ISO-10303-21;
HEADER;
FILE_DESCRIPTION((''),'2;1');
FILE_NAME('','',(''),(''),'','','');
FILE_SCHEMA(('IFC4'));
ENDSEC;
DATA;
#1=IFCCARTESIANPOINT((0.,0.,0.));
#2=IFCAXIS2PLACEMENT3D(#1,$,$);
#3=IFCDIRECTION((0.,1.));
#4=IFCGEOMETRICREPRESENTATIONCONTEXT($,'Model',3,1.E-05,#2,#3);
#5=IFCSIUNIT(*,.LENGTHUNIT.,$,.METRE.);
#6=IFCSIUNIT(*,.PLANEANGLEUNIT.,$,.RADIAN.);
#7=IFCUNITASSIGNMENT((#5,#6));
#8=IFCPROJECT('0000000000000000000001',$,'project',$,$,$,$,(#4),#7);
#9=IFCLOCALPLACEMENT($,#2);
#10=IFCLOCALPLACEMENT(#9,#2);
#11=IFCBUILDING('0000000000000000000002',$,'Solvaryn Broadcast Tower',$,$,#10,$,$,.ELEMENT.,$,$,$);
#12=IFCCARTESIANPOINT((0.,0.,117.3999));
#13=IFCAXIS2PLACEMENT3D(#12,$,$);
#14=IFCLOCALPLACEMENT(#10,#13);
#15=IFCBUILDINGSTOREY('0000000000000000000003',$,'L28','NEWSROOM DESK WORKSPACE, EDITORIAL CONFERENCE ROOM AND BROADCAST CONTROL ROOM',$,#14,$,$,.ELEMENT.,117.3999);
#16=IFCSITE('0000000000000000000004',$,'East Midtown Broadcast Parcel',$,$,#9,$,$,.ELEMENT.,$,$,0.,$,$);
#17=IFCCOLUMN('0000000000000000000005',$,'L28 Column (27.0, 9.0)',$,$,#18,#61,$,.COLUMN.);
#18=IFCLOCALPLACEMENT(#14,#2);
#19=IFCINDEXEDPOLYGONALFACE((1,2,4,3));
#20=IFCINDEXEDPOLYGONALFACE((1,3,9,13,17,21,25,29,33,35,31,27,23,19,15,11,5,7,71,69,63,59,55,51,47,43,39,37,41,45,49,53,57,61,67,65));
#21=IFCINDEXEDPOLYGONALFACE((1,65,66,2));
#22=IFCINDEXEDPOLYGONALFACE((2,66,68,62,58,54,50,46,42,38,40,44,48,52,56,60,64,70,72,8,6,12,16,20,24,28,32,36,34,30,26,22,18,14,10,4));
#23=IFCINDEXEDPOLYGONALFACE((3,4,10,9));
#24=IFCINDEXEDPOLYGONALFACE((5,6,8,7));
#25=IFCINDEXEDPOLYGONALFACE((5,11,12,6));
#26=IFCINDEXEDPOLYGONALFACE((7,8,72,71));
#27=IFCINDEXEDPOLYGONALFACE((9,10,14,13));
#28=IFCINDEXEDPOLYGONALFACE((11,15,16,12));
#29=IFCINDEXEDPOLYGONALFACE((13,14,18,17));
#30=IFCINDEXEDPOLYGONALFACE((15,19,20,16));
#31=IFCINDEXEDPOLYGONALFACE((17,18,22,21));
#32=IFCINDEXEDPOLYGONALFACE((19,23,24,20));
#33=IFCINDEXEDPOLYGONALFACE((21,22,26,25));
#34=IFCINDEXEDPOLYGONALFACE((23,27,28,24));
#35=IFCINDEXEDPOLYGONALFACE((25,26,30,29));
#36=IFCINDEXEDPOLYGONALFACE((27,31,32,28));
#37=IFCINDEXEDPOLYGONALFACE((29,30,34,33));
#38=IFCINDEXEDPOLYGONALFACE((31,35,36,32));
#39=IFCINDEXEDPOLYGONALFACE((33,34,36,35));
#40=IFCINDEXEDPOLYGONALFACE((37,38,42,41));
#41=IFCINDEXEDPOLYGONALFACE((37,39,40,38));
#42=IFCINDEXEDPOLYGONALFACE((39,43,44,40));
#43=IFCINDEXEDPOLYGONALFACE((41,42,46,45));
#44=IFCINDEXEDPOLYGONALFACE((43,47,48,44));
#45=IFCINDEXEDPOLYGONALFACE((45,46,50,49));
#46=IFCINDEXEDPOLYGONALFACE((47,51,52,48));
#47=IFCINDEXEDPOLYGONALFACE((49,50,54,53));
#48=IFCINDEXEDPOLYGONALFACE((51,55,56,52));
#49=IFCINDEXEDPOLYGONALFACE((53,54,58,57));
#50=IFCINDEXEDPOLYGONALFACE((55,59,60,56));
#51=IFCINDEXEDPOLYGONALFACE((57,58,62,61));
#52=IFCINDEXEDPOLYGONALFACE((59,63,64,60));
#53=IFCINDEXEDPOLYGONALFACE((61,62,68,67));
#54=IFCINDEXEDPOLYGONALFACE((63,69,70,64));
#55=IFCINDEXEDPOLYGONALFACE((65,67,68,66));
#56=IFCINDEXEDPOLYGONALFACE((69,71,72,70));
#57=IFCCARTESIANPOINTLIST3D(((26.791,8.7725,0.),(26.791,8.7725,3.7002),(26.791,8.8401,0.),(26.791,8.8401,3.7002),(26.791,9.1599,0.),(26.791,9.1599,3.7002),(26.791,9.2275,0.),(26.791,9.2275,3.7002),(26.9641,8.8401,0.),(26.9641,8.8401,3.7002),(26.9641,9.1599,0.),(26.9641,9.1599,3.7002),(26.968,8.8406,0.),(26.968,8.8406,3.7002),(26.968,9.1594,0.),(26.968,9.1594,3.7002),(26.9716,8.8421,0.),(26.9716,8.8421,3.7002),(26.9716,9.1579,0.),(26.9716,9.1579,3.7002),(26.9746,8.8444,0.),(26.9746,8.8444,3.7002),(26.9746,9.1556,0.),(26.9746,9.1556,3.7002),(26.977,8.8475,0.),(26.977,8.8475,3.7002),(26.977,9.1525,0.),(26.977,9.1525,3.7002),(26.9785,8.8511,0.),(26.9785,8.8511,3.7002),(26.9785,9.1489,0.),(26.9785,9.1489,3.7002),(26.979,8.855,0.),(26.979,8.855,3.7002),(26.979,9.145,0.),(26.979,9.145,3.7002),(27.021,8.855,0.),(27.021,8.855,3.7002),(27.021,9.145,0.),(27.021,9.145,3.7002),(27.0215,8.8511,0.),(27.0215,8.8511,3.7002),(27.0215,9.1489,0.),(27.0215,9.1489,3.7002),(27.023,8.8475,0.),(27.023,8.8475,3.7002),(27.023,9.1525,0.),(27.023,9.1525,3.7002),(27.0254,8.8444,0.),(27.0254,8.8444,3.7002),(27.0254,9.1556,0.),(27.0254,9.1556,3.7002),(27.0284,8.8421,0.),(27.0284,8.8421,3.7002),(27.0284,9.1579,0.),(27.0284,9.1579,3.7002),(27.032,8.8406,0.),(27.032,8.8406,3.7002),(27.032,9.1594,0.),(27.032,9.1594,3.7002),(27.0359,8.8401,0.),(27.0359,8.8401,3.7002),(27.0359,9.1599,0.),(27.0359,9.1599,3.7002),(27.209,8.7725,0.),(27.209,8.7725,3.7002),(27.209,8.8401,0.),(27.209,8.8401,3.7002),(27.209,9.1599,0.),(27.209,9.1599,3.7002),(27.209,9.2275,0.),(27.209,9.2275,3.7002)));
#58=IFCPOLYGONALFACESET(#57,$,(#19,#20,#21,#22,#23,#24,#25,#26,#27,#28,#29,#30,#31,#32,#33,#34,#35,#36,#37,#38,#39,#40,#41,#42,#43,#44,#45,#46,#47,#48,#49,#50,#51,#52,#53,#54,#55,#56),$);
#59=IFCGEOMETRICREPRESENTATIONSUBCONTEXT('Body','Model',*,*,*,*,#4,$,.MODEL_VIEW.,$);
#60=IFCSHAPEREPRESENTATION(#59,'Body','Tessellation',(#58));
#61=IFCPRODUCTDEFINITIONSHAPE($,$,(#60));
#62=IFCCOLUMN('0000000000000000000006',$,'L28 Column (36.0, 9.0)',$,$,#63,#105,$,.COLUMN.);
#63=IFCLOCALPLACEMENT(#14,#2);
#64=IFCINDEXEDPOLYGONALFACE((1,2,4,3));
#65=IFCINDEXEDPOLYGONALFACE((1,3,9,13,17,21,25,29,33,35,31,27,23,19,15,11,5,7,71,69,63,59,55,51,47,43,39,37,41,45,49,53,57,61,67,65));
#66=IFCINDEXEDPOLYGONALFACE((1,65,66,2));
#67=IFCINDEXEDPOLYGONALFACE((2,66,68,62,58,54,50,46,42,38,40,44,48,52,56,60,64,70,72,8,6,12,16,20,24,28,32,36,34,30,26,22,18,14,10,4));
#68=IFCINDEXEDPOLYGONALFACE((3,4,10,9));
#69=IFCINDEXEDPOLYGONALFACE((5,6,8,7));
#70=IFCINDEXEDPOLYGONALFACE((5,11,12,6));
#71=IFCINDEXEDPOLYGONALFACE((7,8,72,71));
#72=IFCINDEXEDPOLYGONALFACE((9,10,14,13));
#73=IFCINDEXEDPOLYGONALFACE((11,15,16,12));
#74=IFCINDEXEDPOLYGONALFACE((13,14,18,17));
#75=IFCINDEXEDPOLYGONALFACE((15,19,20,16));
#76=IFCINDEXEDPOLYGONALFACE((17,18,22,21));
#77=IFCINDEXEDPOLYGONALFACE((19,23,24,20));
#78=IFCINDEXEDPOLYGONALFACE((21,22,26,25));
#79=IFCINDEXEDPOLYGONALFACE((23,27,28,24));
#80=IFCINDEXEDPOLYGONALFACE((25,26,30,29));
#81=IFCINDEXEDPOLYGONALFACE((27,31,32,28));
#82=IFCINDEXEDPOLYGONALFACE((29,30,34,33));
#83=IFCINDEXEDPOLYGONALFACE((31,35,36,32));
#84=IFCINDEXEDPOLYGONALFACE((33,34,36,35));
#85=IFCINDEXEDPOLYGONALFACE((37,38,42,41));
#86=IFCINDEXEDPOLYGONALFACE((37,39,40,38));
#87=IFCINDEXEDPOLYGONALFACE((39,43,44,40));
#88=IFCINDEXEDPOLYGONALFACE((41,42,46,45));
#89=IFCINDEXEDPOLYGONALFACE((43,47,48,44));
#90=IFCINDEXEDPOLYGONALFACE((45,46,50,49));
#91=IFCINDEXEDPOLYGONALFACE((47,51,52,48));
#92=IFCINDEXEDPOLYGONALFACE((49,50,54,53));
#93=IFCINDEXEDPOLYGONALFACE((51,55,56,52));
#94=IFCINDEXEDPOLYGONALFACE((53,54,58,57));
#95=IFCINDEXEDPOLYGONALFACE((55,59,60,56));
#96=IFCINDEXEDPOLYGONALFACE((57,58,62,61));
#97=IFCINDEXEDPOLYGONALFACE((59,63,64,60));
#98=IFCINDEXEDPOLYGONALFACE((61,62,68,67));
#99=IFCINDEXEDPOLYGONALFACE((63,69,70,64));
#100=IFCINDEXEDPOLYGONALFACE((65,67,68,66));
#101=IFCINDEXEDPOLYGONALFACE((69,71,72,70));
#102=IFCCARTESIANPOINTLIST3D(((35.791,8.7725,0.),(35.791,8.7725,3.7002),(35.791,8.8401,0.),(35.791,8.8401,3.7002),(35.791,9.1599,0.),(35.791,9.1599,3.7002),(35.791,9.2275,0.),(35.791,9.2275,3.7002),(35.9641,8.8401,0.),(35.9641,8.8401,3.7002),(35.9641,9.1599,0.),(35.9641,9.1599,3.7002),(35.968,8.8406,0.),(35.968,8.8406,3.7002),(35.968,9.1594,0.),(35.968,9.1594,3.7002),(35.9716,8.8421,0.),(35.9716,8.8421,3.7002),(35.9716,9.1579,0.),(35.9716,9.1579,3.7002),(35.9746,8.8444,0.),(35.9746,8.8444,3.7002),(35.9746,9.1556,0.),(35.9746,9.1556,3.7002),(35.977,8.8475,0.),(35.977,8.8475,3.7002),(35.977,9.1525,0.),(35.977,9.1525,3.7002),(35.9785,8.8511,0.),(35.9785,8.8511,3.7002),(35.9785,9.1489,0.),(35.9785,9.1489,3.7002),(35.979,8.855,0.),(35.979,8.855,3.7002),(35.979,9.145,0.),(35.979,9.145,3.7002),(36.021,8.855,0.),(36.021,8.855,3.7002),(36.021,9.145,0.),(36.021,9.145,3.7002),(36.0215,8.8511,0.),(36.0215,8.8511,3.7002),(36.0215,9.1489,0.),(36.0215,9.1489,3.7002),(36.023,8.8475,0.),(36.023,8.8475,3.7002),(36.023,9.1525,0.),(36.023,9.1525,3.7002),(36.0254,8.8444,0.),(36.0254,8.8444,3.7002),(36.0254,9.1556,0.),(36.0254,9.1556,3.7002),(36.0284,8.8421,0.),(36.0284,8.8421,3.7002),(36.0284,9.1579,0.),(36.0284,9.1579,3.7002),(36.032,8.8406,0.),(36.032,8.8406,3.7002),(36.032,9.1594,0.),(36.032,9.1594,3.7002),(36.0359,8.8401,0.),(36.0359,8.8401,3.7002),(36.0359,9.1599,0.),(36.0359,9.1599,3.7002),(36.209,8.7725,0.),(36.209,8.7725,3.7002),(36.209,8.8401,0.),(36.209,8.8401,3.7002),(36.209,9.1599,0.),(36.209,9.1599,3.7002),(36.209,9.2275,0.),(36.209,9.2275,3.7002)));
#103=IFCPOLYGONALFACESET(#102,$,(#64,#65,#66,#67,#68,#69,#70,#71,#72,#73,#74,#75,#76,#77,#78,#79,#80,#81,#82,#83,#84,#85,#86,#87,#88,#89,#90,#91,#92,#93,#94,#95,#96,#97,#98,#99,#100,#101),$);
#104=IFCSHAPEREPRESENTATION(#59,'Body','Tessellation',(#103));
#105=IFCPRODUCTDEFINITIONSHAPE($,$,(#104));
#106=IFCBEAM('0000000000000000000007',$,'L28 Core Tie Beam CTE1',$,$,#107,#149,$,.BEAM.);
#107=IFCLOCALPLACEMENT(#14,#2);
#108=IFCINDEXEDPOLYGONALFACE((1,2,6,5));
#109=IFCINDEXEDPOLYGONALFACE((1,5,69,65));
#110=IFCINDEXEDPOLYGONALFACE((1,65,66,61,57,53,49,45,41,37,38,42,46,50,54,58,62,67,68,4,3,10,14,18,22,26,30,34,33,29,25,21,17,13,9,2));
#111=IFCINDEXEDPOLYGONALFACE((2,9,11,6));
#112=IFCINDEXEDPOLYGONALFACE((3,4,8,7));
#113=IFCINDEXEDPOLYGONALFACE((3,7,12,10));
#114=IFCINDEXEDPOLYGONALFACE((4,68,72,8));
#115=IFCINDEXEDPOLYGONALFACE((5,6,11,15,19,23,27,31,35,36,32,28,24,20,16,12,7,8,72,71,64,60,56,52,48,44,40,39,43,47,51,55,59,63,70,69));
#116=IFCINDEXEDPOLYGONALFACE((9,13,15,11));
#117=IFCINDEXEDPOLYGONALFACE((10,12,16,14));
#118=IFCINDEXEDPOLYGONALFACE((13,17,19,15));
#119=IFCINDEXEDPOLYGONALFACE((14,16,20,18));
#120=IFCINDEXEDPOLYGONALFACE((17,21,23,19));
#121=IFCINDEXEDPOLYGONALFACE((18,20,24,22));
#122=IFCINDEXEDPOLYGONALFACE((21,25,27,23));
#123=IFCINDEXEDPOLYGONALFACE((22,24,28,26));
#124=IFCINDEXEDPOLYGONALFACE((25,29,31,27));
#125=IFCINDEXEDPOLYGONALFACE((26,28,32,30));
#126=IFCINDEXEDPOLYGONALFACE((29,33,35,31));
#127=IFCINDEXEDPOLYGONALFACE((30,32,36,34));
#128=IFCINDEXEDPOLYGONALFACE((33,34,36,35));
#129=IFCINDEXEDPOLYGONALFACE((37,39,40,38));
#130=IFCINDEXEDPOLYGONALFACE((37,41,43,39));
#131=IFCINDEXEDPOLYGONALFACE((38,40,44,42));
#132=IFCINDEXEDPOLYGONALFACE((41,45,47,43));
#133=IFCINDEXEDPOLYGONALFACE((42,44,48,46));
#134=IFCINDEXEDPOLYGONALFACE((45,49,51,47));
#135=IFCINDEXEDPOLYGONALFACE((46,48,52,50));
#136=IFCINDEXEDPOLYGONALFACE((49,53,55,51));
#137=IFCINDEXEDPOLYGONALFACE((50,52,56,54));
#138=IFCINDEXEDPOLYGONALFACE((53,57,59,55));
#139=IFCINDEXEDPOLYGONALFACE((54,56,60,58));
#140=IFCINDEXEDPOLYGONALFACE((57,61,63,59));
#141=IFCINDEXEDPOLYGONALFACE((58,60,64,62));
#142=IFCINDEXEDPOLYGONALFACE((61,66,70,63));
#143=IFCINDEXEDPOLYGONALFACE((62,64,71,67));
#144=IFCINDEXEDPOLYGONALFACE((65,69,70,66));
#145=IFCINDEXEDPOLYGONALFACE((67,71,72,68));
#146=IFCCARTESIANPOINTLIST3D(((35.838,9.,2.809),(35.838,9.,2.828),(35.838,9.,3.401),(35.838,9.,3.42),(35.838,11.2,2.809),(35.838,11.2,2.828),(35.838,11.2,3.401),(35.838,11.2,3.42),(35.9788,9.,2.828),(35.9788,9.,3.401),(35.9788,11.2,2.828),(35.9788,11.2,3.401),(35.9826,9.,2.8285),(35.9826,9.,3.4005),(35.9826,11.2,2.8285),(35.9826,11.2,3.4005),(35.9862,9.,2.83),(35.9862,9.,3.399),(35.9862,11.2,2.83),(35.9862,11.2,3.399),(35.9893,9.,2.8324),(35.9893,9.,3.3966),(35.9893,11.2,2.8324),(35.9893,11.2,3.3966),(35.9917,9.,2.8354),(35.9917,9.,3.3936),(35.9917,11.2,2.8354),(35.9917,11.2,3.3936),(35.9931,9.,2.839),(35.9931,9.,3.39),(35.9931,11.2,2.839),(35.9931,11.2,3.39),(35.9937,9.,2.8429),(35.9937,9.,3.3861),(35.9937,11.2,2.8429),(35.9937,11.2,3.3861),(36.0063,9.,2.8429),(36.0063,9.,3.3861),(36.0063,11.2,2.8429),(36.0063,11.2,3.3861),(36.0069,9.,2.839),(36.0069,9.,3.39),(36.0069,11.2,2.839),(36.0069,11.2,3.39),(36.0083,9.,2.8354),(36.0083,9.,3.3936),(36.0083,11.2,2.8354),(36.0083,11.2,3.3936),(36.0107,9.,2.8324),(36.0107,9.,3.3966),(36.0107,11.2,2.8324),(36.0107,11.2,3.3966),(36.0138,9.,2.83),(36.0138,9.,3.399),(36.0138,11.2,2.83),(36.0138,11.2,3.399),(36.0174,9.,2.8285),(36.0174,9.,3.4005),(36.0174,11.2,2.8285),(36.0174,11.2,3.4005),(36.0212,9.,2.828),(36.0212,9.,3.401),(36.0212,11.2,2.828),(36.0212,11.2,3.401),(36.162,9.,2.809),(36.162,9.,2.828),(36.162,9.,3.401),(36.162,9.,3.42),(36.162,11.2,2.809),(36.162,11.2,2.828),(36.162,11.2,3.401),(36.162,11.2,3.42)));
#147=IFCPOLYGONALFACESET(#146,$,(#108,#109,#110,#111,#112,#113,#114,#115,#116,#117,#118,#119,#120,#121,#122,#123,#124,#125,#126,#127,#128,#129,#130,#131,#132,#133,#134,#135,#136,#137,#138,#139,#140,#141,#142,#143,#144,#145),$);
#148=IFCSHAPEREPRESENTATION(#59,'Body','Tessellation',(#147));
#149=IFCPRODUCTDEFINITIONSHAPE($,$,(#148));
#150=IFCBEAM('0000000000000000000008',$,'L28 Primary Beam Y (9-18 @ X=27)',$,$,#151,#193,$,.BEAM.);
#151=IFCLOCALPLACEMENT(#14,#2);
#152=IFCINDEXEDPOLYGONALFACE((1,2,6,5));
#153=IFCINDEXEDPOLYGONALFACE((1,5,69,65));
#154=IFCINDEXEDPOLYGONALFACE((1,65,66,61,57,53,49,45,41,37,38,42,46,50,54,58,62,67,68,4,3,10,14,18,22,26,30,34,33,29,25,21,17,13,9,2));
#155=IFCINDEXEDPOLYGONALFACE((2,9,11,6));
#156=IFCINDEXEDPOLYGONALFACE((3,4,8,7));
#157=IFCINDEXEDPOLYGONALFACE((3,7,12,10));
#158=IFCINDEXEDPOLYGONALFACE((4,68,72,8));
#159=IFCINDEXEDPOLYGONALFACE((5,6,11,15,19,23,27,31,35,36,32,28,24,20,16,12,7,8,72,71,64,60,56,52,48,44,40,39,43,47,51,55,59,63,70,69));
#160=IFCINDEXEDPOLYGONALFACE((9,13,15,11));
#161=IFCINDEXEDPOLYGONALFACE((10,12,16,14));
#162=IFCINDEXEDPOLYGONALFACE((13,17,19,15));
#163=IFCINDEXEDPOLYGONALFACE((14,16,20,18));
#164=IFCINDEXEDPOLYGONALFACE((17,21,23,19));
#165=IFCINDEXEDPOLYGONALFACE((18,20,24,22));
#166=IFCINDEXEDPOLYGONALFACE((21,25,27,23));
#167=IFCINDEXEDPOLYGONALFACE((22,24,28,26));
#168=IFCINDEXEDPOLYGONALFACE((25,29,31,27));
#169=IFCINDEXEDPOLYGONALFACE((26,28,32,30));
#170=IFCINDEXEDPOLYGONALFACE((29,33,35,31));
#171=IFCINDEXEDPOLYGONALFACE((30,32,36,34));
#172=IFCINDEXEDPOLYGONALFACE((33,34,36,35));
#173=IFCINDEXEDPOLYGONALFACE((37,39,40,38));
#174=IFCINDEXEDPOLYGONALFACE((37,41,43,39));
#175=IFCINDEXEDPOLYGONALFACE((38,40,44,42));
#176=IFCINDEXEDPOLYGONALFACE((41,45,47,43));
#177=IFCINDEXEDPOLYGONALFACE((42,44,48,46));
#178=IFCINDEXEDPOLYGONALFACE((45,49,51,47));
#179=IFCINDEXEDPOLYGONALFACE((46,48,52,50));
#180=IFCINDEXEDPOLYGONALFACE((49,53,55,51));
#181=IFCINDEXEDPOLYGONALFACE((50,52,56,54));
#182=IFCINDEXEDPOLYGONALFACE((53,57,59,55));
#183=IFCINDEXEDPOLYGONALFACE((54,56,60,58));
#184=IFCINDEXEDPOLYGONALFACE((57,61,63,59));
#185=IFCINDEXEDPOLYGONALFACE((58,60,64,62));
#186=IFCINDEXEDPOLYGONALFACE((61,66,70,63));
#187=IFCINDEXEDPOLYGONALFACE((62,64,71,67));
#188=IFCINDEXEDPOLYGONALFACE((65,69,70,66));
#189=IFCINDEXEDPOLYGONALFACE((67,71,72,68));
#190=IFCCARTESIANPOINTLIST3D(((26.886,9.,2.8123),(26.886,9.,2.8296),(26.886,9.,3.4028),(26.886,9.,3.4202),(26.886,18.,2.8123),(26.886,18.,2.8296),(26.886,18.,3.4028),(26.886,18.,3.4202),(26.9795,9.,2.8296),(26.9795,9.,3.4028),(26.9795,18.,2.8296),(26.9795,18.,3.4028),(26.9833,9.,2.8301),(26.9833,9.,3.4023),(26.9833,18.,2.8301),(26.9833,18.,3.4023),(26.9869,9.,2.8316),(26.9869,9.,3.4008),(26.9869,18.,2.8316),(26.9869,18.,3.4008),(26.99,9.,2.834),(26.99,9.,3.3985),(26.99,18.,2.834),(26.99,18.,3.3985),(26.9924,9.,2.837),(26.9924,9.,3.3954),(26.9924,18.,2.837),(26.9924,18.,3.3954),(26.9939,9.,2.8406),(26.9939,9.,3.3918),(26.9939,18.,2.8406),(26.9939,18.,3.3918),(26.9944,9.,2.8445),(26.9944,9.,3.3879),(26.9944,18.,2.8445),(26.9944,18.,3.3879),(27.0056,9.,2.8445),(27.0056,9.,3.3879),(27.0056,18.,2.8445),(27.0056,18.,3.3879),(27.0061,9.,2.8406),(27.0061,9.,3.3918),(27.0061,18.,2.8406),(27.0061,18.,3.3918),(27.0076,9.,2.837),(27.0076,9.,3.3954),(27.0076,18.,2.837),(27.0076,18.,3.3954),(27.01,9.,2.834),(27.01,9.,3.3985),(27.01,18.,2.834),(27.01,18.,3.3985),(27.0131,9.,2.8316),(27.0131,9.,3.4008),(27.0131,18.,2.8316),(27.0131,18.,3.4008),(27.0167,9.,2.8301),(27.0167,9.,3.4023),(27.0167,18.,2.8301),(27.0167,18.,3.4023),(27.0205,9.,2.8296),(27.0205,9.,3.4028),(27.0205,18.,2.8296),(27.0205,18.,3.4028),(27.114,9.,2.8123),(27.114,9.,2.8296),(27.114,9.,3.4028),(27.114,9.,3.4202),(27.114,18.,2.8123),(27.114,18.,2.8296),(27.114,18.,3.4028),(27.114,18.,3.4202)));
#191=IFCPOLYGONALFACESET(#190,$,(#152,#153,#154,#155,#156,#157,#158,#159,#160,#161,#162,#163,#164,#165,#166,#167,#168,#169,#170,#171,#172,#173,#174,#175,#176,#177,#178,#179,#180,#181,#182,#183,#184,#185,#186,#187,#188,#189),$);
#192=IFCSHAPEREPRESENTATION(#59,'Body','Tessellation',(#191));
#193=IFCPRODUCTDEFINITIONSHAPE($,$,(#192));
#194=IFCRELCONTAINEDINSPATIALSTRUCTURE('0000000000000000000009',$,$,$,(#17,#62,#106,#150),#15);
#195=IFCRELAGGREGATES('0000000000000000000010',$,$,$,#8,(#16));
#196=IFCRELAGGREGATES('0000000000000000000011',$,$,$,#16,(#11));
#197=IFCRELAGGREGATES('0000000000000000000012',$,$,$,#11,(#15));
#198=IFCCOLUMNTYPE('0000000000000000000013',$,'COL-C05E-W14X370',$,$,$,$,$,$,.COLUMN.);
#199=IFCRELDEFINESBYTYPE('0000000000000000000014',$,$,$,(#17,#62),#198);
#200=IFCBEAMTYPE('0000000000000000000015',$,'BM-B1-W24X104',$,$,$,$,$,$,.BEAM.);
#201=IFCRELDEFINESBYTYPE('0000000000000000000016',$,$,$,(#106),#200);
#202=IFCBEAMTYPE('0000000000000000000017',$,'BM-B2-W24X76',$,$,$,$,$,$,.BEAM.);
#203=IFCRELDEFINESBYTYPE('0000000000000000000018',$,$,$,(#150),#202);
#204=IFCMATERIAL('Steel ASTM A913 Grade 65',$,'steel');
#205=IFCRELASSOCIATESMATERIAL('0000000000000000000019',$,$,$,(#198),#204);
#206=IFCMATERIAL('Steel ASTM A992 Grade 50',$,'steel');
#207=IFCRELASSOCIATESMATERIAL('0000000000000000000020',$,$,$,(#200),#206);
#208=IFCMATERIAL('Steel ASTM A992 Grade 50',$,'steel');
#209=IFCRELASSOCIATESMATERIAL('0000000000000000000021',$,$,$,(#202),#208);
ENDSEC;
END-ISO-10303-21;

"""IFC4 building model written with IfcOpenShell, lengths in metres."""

from ifc_helpers import new_model, si_unit, direction, frame, origin, origin_2d, place, context, subcontext, project, spatial, i_section, extrude, material, material_profile, profile_set, type_object, element, save


model = new_model("IFC4")

# Units and contexts
model_context = context("Model", 3, precision=1e-05, world=origin(), true_north=direction((0.0, 1.0)))
body_context = subcontext(model_context, "Body", "Model", "MODEL_VIEW")
ifc_project = project(units=[si_unit("LENGTHUNIT", "METRE"), si_unit("PLANEANGLEUNIT", "RADIAN")], contexts=[model_context])

# Site, building, storey
site_placement = place(None, origin())
site = spatial("IfcSite", under=ifc_project, at=site_placement, Name="East Midtown Broadcast Parcel", CompositionType="ELEMENT", RefElevation=0.0)
building_placement = place(site_placement, origin())
building = spatial("IfcBuilding", under=site, at=building_placement, Name="Solvaryn Broadcast Tower", CompositionType="ELEMENT")
storey_placement = place(building_placement, frame((0.0, 0.0, 117.3999)))
storey = spatial("IfcBuildingStorey", under=building, at=storey_placement, Name="L28", Description="NEWSROOM DESK WORKSPACE, EDITORIAL CONFERENCE ROOM AND BROADCAST CONTROL ROOM", CompositionType="ELEMENT", Elevation=117.3999)

# Columns
ifc_material_1 = material(Name="Steel ASTM A913 Grade 65", Category="steel")
ifc_material_profile_1 = material_profile(ifc_material_1, i_section(OverallWidth=0.418, OverallDepth=0.4551, WebThickness=0.042, FlangeThickness=0.0676, FilletRadius=0.0149, at=origin_2d()))
ifc_profile_set_1 = profile_set([ifc_material_profile_1], Name="Steel ASTM A913 Grade 65")
column_type = type_object("IfcColumnType", Name="COL-C05E-W14X370", PredefinedType="COLUMN", material=ifc_profile_set_1)
for number, where, z_axis, x_axis, name in (
    (1, (27.0, 9.0, 0.0), (0.0, 0.0, 1.0), (1.0, 0.0, 0.0), "L28 Column (27.0, 9.0)"),
    (2, (36.0, 9.0, 0.0), (0.0, 0.0, 1.0), (1.0, 0.0, 0.0), "L28 Column (36.0, 9.0)"),
):
    element("IfcColumn", number, at=place(storey_placement, frame(where, z_axis=z_axis, x_axis=x_axis)), inside=storey, type_object=column_type, Name=name, PredefinedType="COLUMN", context=body_context, shape_type="SweptSolid", body=[
        extrude(i_section(OverallWidth=0.418, OverallDepth=0.4551, WebThickness=0.042, FlangeThickness=0.0676, FilletRadius=0.0149, at=origin_2d()), origin(), (0.0, 0.0, 1.0), 3.7002),
    ])

# Beams
ifc_material_2 = material(Name="Steel ASTM A992 Grade 50", Category="steel")
ifc_material_profile_2 = material_profile(ifc_material_2, i_section(OverallWidth=0.324, OverallDepth=0.6111, WebThickness=0.0127, FlangeThickness=0.019, FilletRadius=0.0149, at=origin_2d()))
ifc_profile_set_2 = profile_set([ifc_material_profile_2], Name="Steel ASTM A992 Grade 50")
beam_type_1 = type_object("IfcBeamType", Name="BM-B1-W24X104", PredefinedType="BEAM", material=ifc_profile_set_2)
beam_1_placement = place(storey_placement, frame((36.0, 9.0, 3.1145), z_axis=(0.0, 1.0, 0.0), x_axis=(-1.0, 0.0, 0.0)))
element("IfcBeam", 3, at=beam_1_placement, inside=storey, type_object=beam_type_1, Name="L28 Core Tie Beam CTE1", PredefinedType="BEAM", context=body_context, shape_type="SweptSolid", body=[
    extrude(i_section(OverallWidth=0.324, OverallDepth=0.6111, WebThickness=0.0127, FlangeThickness=0.019, FilletRadius=0.0149, at=origin_2d()), origin(), (0.0, 0.0, 1.0), 2.2),
])
ifc_material_3 = material(Name="Steel ASTM A992 Grade 50", Category="steel")
ifc_material_profile_3 = material_profile(ifc_material_3, i_section(OverallWidth=0.228, OverallDepth=0.6079, WebThickness=0.0112, FlangeThickness=0.0173, FilletRadius=0.0149, at=origin_2d()))
ifc_profile_set_3 = profile_set([ifc_material_profile_3], Name="Steel ASTM A992 Grade 50")
beam_type_2 = type_object("IfcBeamType", Name="BM-B2-W24X76", PredefinedType="BEAM", material=ifc_profile_set_3)
beam_2_placement = place(storey_placement, frame((27.0, 9.0, 3.1162), z_axis=(0.0, 1.0, 0.0), x_axis=(-1.0, 0.0, 0.0)))
element("IfcBeam", 4, at=beam_2_placement, inside=storey, type_object=beam_type_2, Name="L28 Primary Beam Y (9-18 @ X=27)", PredefinedType="BEAM", context=body_context, shape_type="SweptSolid", body=[
    extrude(i_section(OverallWidth=0.228, OverallDepth=0.6079, WebThickness=0.0112, FlangeThickness=0.0173, FilletRadius=0.0149, at=origin_2d()), origin(), (0.0, 0.0, 1.0), 9.0),
])

save(model, "model.ifc")
